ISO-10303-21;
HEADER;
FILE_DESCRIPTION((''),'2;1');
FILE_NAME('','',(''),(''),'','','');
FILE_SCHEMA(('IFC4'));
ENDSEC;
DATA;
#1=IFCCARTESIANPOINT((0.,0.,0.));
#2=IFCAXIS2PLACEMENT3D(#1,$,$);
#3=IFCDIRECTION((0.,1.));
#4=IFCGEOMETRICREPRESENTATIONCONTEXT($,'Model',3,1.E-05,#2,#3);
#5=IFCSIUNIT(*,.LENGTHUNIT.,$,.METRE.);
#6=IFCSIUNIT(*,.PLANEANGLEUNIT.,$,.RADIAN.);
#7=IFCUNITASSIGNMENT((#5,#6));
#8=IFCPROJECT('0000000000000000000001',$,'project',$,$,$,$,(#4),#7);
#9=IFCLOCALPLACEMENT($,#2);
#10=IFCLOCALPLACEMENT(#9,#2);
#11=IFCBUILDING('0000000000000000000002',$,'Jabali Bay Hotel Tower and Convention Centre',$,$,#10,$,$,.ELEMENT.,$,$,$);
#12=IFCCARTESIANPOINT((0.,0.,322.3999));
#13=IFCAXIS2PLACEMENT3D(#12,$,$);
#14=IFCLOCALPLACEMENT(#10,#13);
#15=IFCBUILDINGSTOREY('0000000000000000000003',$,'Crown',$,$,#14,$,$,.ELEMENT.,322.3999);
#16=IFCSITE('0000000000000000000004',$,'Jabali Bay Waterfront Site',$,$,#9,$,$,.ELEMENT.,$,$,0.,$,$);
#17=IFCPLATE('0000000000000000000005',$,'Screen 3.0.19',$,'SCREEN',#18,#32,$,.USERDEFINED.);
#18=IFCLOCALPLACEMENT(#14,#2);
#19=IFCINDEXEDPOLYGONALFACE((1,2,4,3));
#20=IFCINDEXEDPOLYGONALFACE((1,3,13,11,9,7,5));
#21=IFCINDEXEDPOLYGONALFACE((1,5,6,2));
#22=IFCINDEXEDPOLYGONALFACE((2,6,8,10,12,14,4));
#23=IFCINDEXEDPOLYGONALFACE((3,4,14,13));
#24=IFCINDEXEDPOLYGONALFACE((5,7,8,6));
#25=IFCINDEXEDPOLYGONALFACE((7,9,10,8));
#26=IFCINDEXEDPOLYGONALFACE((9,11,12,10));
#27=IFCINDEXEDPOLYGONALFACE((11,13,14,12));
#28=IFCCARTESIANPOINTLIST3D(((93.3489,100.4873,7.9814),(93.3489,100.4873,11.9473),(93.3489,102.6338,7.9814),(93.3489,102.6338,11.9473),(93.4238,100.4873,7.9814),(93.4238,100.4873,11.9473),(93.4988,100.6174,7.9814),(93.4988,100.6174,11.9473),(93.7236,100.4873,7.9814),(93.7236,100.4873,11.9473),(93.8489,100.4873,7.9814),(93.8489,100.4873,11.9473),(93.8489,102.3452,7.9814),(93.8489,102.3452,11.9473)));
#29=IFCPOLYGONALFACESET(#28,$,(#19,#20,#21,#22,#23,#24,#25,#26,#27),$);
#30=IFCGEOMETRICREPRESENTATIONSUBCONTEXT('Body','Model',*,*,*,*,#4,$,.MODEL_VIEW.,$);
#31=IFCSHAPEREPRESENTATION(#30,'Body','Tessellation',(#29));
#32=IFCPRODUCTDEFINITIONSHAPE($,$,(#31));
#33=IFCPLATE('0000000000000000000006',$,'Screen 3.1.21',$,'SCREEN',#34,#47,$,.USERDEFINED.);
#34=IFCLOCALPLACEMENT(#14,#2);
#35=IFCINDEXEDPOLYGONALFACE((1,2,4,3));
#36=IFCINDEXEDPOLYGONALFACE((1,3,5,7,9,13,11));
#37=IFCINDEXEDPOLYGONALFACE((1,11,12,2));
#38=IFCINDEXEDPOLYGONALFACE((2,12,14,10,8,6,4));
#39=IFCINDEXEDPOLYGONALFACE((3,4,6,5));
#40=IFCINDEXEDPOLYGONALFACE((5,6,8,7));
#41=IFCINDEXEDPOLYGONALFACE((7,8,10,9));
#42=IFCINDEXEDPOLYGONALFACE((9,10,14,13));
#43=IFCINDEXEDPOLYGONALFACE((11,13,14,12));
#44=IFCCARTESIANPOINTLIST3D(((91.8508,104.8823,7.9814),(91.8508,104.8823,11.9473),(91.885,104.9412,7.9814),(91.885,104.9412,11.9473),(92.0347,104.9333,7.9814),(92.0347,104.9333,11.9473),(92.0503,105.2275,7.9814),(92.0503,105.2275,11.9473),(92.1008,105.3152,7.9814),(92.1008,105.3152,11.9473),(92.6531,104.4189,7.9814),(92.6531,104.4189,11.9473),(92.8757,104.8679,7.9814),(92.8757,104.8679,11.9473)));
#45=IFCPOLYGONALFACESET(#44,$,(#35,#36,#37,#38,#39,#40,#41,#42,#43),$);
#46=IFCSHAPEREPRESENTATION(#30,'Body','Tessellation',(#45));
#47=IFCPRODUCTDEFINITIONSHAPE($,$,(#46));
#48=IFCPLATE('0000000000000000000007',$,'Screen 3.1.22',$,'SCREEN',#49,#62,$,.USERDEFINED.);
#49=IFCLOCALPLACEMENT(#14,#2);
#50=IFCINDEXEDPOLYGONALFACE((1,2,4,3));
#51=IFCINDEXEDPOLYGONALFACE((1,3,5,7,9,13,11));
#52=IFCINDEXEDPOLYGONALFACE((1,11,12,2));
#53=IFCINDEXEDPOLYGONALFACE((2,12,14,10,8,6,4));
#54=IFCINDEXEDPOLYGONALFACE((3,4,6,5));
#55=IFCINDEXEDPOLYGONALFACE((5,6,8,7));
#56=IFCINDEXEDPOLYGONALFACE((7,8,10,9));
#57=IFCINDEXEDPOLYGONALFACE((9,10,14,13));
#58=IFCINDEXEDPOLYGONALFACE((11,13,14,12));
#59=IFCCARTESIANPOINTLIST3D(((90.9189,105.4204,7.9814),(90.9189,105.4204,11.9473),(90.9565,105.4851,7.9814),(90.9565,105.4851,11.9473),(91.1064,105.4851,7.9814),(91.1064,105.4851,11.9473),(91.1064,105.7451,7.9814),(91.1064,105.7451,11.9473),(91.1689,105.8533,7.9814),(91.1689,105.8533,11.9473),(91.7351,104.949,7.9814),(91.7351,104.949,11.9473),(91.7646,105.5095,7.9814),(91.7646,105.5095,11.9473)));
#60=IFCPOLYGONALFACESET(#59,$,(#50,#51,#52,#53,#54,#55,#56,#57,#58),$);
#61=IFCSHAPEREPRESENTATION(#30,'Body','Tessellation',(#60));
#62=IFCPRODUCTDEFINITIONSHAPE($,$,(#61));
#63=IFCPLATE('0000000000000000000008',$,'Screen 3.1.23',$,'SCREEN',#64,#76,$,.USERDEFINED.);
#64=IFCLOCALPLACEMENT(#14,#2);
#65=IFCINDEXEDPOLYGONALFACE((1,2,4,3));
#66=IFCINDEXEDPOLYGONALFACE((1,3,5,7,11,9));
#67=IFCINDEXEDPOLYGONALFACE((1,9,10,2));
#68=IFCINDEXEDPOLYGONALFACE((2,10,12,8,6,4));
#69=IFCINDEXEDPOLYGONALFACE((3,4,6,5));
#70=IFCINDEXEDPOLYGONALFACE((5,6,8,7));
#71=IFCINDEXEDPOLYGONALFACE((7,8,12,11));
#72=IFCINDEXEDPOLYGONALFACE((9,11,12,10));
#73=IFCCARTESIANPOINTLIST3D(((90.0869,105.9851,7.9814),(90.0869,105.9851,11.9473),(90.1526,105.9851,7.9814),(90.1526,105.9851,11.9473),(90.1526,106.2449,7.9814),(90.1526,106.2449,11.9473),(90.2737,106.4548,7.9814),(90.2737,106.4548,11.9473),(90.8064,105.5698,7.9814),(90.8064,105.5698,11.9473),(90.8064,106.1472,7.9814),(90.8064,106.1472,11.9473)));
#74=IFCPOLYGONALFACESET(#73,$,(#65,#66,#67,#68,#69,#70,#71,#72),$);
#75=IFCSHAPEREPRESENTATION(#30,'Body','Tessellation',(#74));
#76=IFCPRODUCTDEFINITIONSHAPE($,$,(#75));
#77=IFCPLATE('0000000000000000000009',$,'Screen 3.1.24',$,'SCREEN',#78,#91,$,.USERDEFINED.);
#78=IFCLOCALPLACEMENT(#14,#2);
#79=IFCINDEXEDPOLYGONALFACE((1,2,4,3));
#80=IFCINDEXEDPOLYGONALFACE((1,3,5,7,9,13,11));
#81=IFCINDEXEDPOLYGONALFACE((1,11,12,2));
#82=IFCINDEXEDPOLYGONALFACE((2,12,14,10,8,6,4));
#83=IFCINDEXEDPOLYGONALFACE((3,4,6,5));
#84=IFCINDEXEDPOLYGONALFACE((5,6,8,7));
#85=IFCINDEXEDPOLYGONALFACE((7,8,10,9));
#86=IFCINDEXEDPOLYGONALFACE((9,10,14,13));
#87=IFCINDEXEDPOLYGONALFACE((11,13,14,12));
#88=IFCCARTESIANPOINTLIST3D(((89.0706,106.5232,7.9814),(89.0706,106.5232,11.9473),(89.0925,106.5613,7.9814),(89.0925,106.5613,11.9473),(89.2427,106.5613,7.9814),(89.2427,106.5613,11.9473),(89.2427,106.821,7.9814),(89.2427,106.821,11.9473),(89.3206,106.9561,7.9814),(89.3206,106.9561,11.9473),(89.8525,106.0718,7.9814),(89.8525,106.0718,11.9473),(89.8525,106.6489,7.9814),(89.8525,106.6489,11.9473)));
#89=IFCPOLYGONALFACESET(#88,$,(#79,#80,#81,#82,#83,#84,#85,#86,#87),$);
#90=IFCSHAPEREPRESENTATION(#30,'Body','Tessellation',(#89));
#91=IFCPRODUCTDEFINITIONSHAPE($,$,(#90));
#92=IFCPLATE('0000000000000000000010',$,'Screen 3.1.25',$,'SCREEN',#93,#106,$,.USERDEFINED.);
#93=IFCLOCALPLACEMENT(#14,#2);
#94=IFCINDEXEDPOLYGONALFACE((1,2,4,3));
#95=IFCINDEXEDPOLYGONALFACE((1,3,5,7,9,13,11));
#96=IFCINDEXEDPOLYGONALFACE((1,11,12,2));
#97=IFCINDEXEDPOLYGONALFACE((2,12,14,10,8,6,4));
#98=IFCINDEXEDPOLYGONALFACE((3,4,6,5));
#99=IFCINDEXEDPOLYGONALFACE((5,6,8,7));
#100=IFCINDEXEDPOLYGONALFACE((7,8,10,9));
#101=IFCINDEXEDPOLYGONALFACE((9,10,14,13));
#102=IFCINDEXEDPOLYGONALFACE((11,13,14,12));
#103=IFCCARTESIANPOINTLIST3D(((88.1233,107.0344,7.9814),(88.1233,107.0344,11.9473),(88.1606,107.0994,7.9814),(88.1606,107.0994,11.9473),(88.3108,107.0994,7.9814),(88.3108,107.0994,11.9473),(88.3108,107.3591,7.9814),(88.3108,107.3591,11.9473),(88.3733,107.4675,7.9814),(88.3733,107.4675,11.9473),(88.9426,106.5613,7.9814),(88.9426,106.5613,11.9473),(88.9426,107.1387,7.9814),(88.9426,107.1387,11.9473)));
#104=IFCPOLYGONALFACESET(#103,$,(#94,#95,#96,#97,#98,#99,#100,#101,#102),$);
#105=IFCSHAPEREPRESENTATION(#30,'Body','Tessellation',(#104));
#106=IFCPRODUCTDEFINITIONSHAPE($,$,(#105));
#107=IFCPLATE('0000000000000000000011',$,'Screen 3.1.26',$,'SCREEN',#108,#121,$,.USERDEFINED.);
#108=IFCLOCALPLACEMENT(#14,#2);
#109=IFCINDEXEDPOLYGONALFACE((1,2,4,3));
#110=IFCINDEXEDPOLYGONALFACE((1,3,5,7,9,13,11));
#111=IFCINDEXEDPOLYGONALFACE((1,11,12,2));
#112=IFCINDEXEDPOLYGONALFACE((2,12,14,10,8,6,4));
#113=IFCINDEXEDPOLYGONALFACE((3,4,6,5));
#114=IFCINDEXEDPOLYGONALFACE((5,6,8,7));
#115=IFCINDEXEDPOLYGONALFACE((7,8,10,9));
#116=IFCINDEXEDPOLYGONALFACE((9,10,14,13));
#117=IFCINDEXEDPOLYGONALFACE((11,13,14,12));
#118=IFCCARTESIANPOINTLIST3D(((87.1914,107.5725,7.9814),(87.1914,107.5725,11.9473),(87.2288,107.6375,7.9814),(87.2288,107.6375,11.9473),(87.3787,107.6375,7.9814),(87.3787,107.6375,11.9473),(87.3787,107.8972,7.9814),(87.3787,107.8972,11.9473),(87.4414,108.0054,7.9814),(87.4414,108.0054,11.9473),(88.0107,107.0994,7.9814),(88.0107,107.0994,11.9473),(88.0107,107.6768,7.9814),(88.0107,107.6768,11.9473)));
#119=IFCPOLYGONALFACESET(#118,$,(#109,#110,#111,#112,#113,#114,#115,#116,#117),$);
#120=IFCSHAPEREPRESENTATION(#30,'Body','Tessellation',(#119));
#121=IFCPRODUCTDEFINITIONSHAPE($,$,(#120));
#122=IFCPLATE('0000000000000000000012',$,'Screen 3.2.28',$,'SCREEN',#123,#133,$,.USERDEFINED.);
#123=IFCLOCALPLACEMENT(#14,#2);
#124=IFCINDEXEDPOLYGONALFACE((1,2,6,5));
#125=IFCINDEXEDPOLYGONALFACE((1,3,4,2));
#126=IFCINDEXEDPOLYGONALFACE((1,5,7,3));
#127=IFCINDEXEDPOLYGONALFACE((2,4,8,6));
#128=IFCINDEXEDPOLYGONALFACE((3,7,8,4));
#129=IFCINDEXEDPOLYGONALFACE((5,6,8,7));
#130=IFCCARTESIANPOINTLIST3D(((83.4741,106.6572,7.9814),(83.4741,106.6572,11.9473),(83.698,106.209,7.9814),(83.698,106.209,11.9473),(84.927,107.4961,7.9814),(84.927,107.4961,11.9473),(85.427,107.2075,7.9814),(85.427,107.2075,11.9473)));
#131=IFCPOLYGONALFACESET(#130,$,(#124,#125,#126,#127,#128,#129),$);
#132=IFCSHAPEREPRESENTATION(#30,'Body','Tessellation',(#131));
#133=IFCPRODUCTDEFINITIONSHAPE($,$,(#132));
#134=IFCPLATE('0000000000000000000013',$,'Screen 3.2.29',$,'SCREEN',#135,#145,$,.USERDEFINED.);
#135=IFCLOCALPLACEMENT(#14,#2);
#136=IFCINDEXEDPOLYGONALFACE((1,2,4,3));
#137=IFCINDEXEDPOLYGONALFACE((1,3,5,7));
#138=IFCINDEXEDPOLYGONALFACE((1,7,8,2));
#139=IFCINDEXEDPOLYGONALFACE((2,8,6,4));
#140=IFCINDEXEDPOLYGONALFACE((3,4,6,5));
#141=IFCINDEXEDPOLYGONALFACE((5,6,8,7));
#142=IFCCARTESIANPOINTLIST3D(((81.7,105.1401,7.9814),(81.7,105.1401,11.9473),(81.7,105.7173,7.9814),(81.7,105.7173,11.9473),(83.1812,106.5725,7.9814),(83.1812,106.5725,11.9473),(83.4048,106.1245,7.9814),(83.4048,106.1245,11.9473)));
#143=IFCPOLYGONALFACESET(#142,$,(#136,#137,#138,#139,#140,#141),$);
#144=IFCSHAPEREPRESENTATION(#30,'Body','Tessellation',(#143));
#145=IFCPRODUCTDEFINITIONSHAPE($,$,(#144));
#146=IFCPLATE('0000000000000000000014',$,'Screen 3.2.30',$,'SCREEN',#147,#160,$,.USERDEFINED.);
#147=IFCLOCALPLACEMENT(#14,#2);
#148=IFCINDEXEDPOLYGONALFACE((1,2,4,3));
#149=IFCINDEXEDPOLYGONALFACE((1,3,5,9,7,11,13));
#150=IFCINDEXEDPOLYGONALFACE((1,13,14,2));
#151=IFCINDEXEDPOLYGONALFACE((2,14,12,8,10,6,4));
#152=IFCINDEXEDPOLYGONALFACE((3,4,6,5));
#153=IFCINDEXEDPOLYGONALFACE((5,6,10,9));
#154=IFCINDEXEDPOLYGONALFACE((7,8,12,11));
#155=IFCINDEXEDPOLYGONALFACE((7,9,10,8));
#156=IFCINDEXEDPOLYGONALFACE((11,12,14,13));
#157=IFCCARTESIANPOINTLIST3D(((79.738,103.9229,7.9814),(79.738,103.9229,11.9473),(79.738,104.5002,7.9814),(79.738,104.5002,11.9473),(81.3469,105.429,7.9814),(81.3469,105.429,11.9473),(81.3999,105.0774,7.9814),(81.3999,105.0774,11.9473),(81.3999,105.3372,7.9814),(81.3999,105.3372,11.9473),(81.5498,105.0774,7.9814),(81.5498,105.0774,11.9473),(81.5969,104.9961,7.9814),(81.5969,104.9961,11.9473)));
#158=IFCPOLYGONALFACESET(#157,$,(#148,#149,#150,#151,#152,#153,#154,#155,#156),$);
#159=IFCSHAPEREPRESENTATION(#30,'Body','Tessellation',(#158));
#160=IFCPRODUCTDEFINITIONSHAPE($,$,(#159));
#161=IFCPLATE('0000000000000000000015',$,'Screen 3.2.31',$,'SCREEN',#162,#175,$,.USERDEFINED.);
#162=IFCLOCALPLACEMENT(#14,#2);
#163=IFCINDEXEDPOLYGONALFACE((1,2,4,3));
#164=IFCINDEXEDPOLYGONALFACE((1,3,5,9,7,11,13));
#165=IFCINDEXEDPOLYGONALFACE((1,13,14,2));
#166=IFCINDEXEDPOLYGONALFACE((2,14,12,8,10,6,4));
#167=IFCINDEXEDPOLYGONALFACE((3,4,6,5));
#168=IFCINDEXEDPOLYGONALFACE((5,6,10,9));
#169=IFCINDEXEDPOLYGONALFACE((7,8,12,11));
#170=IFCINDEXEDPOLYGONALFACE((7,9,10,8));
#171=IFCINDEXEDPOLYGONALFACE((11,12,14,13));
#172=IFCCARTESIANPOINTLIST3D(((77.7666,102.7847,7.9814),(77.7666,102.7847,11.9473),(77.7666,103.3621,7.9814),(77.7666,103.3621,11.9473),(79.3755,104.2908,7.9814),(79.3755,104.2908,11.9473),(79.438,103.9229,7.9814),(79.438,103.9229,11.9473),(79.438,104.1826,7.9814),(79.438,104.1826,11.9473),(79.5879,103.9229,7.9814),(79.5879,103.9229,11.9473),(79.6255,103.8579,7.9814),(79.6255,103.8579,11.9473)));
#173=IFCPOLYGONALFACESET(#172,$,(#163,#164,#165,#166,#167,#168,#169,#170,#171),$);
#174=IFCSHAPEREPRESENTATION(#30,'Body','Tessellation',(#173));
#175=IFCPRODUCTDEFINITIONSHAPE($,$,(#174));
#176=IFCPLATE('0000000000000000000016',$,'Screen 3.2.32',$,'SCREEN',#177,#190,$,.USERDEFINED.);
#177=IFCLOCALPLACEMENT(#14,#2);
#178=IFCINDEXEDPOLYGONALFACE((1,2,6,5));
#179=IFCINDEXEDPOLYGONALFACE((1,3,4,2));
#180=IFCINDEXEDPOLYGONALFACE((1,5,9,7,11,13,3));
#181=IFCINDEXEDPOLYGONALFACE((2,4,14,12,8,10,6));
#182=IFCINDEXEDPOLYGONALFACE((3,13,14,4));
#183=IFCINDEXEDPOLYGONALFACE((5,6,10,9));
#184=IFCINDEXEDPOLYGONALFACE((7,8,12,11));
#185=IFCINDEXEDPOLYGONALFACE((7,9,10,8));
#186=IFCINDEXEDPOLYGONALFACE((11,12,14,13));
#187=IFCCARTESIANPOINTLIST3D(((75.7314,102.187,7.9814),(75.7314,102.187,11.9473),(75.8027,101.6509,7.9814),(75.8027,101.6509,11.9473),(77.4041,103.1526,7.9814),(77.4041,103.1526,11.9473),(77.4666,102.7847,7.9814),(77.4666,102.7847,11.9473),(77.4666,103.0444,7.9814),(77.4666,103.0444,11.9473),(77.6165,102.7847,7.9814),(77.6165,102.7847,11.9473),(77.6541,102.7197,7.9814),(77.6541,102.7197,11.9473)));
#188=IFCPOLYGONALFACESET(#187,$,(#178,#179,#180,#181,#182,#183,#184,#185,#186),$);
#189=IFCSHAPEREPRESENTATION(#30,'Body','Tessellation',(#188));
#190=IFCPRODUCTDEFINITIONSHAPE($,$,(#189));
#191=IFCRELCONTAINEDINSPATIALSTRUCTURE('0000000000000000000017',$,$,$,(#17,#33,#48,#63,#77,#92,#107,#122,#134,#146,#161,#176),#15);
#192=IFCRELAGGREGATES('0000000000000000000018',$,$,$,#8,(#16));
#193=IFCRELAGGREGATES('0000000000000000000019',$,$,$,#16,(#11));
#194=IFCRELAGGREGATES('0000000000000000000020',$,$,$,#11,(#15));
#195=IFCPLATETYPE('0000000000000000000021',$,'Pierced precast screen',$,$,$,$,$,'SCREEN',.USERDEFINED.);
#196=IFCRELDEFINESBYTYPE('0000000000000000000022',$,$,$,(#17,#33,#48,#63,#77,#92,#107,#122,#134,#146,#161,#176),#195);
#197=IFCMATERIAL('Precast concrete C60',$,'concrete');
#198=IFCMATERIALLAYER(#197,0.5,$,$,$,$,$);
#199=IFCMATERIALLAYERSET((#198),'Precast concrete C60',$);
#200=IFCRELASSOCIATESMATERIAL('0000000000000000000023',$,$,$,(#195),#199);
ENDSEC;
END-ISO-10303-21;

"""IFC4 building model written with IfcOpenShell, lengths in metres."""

from ifc_helpers import new_model, si_unit, direction, frame, origin, place, context, subcontext, project, spatial, polyline, outline, extrude, material, layer, layer_set, type_object, element, save


model = new_model("IFC4")

# Units and contexts
model_context = context("Model", 3, precision=1e-05, world=origin(), true_north=direction((0.0, 1.0)))
body_context = subcontext(model_context, "Body", "Model", "MODEL_VIEW")
ifc_project = project(units=[si_unit("LENGTHUNIT", "METRE"), si_unit("PLANEANGLEUNIT", "RADIAN")], contexts=[model_context])

# Site, building, storey
site_placement = place(None, origin())
site = spatial("IfcSite", under=ifc_project, at=site_placement, Name="Jabali Bay Waterfront Site", CompositionType="ELEMENT", RefElevation=0.0)
building_placement = place(site_placement, origin())
building = spatial("IfcBuilding", under=site, at=building_placement, Name="Jabali Bay Hotel Tower and Convention Centre", CompositionType="ELEMENT")
storey_placement = place(building_placement, frame((0.0, 0.0, 322.3999)))
storey = spatial("IfcBuildingStorey", under=building, at=storey_placement, Name="Crown", CompositionType="ELEMENT", Elevation=322.3999)

# Plates
ifc_material = material(Name="Precast concrete C60", Category="concrete")
ifc_layer = layer(ifc_material, 0.5)
ifc_layer_set = layer_set([ifc_layer], Name="Precast concrete C60")
plate_type = type_object("IfcPlateType", Name="Pierced precast screen", ElementType="SCREEN", PredefinedType="USERDEFINED", material=ifc_layer_set)
plate_1_placement = place(storey_placement, frame((0.0, 0.0, 7.9814)))
element("IfcPlate", 1, at=plate_1_placement, inside=storey, type_object=plate_type, Name="Screen 3.0.19", ObjectType="SCREEN", PredefinedType="USERDEFINED", context=body_context, shape_type="SweptSolid", body=[
    extrude(outline(polyline([(93.3489, 102.6338), (93.3489, 100.4873), (93.4238, 100.4873), (93.4988, 100.6174), (93.7236, 100.4873), (93.8489, 100.4873), (93.8489, 102.3452), (93.3489, 102.6338)])), origin(), (0.0, 0.0, 1.0), 3.9658),
])
plate_2_placement = place(storey_placement, frame((0.0, 0.0, 7.9814)))
element("IfcPlate", 2, at=plate_2_placement, inside=storey, type_object=plate_type, Name="Screen 3.1.21", ObjectType="SCREEN", PredefinedType="USERDEFINED", context=body_context, shape_type="SweptSolid", body=[
    extrude(outline(polyline([(91.8508, 104.8823), (92.6531, 104.4189), (92.8757, 104.8679), (92.1008, 105.3152), (92.0503, 105.2275), (92.0347, 104.9333), (91.885, 104.9412), (91.8508, 104.8823)])), origin(), (0.0, 0.0, 1.0), 3.9658),
])
plate_3_placement = place(storey_placement, frame((0.0, 0.0, 7.9814)))
element("IfcPlate", 3, at=plate_3_placement, inside=storey, type_object=plate_type, Name="Screen 3.1.22", ObjectType="SCREEN", PredefinedType="USERDEFINED", context=body_context, shape_type="SweptSolid", body=[
    extrude(outline(polyline([(90.9189, 105.4204), (91.7351, 104.949), (91.7646, 105.5095), (91.1689, 105.8533), (91.1064, 105.7451), (91.1064, 105.4851), (90.9565, 105.4851), (90.9189, 105.4204)])), origin(), (0.0, 0.0, 1.0), 3.9658),
])
plate_4_placement = place(storey_placement, frame((0.0, 0.0, 7.9814)))
element("IfcPlate", 4, at=plate_4_placement, inside=storey, type_object=plate_type, Name="Screen 3.1.23", ObjectType="SCREEN", PredefinedType="USERDEFINED", context=body_context, shape_type="SweptSolid", body=[
    extrude(outline(polyline([(90.0869, 105.9851), (90.8064, 105.5698), (90.8064, 106.1472), (90.2737, 106.4548), (90.1526, 106.2449), (90.1526, 105.9851), (90.0869, 105.9851)])), origin(), (0.0, 0.0, 1.0), 3.9658),
])
plate_5_placement = place(storey_placement, frame((0.0, 0.0, 7.9814)))
element("IfcPlate", 5, at=plate_5_placement, inside=storey, type_object=plate_type, Name="Screen 3.1.24", ObjectType="SCREEN", PredefinedType="USERDEFINED", context=body_context, shape_type="SweptSolid", body=[
    extrude(outline(polyline([(89.0706, 106.5232), (89.8525, 106.0718), (89.8525, 106.6489), (89.3206, 106.9561), (89.2427, 106.821), (89.2427, 106.5613), (89.0925, 106.5613), (89.0706, 106.5232)])), origin(), (0.0, 0.0, 1.0), 3.9658),
])
plate_6_placement = place(storey_placement, frame((0.0, 0.0, 7.9814)))
element("IfcPlate", 6, at=plate_6_placement, inside=storey, type_object=plate_type, Name="Screen 3.1.25", ObjectType="SCREEN", PredefinedType="USERDEFINED", context=body_context, shape_type="SweptSolid", body=[
    extrude(outline(polyline([(88.1233, 107.0344), (88.9426, 106.5613), (88.9426, 107.1387), (88.3733, 107.4675), (88.3108, 107.3591), (88.3108, 107.0994), (88.1606, 107.0994), (88.1233, 107.0344)])), origin(), (0.0, 0.0, 1.0), 3.9658),
])
plate_7_placement = place(storey_placement, frame((0.0, 0.0, 7.9814)))
element("IfcPlate", 7, at=plate_7_placement, inside=storey, type_object=plate_type, Name="Screen 3.1.26", ObjectType="SCREEN", PredefinedType="USERDEFINED", context=body_context, shape_type="SweptSolid", body=[
    extrude(outline(polyline([(87.1914, 107.5725), (88.0107, 107.0994), (88.0107, 107.6768), (87.4414, 108.0054), (87.3787, 107.8972), (87.3787, 107.6375), (87.2288, 107.6375), (87.1914, 107.5725)])), origin(), (0.0, 0.0, 1.0), 3.9658),
])
plate_8_placement = place(storey_placement, frame((0.0, 0.0, 7.9814)))
element("IfcPlate", 8, at=plate_8_placement, inside=storey, type_object=plate_type, Name="Screen 3.2.28", ObjectType="SCREEN", PredefinedType="USERDEFINED", context=body_context, shape_type="SweptSolid", body=[
    extrude(outline(polyline([(83.698, 106.209), (85.427, 107.2075), (84.927, 107.4961), (83.4741, 106.6572), (83.698, 106.209)])), origin(), (0.0, 0.0, 1.0), 3.9658),
])
plate_9_placement = place(storey_placement, frame((0.0, 0.0, 7.9814)))
element("IfcPlate", 9, at=plate_9_placement, inside=storey, type_object=plate_type, Name="Screen 3.2.29", ObjectType="SCREEN", PredefinedType="USERDEFINED", context=body_context, shape_type="SweptSolid", body=[
    extrude(outline(polyline([(81.7, 105.1401), (83.4048, 106.1245), (83.1812, 106.5725), (81.7, 105.7173), (81.7, 105.1401)])), origin(), (0.0, 0.0, 1.0), 3.9658),
])
plate_10_placement = place(storey_placement, frame((0.0, 0.0, 7.9814)))
element("IfcPlate", 10, at=plate_10_placement, inside=storey, type_object=plate_type, Name="Screen 3.2.30", ObjectType="SCREEN", PredefinedType="USERDEFINED", context=body_context, shape_type="SweptSolid", body=[
    extrude(outline(polyline([(79.738, 103.9229), (81.5969, 104.9961), (81.5498, 105.0774), (81.3999, 105.0774), (81.3999, 105.3372), (81.3469, 105.429), (79.738, 104.5002), (79.738, 103.9229)])), origin(), (0.0, 0.0, 1.0), 3.9658),
])
plate_11_placement = place(storey_placement, frame((0.0, 0.0, 7.9814)))
element("IfcPlate", 11, at=plate_11_placement, inside=storey, type_object=plate_type, Name="Screen 3.2.31", ObjectType="SCREEN", PredefinedType="USERDEFINED", context=body_context, shape_type="SweptSolid", body=[
    extrude(outline(polyline([(77.7666, 102.7847), (79.6255, 103.8579), (79.5879, 103.9229), (79.438, 103.9229), (79.438, 104.1826), (79.3755, 104.2908), (77.7666, 103.3621), (77.7666, 102.7847)])), origin(), (0.0, 0.0, 1.0), 3.9658),
])
plate_12_placement = place(storey_placement, frame((0.0, 0.0, 7.9814)))
element("IfcPlate", 12, at=plate_12_placement, inside=storey, type_object=plate_type, Name="Screen 3.2.32", ObjectType="SCREEN", PredefinedType="USERDEFINED", context=body_context, shape_type="SweptSolid", body=[
    extrude(outline(polyline([(75.8027, 101.6509), (77.6541, 102.7197), (77.6165, 102.7847), (77.4666, 102.7847), (77.4666, 103.0444), (77.4041, 103.1526), (75.7314, 102.187), (75.8027, 101.6509)])), origin(), (0.0, 0.0, 1.0), 3.9658),
])

save(model, "model.ifc")
